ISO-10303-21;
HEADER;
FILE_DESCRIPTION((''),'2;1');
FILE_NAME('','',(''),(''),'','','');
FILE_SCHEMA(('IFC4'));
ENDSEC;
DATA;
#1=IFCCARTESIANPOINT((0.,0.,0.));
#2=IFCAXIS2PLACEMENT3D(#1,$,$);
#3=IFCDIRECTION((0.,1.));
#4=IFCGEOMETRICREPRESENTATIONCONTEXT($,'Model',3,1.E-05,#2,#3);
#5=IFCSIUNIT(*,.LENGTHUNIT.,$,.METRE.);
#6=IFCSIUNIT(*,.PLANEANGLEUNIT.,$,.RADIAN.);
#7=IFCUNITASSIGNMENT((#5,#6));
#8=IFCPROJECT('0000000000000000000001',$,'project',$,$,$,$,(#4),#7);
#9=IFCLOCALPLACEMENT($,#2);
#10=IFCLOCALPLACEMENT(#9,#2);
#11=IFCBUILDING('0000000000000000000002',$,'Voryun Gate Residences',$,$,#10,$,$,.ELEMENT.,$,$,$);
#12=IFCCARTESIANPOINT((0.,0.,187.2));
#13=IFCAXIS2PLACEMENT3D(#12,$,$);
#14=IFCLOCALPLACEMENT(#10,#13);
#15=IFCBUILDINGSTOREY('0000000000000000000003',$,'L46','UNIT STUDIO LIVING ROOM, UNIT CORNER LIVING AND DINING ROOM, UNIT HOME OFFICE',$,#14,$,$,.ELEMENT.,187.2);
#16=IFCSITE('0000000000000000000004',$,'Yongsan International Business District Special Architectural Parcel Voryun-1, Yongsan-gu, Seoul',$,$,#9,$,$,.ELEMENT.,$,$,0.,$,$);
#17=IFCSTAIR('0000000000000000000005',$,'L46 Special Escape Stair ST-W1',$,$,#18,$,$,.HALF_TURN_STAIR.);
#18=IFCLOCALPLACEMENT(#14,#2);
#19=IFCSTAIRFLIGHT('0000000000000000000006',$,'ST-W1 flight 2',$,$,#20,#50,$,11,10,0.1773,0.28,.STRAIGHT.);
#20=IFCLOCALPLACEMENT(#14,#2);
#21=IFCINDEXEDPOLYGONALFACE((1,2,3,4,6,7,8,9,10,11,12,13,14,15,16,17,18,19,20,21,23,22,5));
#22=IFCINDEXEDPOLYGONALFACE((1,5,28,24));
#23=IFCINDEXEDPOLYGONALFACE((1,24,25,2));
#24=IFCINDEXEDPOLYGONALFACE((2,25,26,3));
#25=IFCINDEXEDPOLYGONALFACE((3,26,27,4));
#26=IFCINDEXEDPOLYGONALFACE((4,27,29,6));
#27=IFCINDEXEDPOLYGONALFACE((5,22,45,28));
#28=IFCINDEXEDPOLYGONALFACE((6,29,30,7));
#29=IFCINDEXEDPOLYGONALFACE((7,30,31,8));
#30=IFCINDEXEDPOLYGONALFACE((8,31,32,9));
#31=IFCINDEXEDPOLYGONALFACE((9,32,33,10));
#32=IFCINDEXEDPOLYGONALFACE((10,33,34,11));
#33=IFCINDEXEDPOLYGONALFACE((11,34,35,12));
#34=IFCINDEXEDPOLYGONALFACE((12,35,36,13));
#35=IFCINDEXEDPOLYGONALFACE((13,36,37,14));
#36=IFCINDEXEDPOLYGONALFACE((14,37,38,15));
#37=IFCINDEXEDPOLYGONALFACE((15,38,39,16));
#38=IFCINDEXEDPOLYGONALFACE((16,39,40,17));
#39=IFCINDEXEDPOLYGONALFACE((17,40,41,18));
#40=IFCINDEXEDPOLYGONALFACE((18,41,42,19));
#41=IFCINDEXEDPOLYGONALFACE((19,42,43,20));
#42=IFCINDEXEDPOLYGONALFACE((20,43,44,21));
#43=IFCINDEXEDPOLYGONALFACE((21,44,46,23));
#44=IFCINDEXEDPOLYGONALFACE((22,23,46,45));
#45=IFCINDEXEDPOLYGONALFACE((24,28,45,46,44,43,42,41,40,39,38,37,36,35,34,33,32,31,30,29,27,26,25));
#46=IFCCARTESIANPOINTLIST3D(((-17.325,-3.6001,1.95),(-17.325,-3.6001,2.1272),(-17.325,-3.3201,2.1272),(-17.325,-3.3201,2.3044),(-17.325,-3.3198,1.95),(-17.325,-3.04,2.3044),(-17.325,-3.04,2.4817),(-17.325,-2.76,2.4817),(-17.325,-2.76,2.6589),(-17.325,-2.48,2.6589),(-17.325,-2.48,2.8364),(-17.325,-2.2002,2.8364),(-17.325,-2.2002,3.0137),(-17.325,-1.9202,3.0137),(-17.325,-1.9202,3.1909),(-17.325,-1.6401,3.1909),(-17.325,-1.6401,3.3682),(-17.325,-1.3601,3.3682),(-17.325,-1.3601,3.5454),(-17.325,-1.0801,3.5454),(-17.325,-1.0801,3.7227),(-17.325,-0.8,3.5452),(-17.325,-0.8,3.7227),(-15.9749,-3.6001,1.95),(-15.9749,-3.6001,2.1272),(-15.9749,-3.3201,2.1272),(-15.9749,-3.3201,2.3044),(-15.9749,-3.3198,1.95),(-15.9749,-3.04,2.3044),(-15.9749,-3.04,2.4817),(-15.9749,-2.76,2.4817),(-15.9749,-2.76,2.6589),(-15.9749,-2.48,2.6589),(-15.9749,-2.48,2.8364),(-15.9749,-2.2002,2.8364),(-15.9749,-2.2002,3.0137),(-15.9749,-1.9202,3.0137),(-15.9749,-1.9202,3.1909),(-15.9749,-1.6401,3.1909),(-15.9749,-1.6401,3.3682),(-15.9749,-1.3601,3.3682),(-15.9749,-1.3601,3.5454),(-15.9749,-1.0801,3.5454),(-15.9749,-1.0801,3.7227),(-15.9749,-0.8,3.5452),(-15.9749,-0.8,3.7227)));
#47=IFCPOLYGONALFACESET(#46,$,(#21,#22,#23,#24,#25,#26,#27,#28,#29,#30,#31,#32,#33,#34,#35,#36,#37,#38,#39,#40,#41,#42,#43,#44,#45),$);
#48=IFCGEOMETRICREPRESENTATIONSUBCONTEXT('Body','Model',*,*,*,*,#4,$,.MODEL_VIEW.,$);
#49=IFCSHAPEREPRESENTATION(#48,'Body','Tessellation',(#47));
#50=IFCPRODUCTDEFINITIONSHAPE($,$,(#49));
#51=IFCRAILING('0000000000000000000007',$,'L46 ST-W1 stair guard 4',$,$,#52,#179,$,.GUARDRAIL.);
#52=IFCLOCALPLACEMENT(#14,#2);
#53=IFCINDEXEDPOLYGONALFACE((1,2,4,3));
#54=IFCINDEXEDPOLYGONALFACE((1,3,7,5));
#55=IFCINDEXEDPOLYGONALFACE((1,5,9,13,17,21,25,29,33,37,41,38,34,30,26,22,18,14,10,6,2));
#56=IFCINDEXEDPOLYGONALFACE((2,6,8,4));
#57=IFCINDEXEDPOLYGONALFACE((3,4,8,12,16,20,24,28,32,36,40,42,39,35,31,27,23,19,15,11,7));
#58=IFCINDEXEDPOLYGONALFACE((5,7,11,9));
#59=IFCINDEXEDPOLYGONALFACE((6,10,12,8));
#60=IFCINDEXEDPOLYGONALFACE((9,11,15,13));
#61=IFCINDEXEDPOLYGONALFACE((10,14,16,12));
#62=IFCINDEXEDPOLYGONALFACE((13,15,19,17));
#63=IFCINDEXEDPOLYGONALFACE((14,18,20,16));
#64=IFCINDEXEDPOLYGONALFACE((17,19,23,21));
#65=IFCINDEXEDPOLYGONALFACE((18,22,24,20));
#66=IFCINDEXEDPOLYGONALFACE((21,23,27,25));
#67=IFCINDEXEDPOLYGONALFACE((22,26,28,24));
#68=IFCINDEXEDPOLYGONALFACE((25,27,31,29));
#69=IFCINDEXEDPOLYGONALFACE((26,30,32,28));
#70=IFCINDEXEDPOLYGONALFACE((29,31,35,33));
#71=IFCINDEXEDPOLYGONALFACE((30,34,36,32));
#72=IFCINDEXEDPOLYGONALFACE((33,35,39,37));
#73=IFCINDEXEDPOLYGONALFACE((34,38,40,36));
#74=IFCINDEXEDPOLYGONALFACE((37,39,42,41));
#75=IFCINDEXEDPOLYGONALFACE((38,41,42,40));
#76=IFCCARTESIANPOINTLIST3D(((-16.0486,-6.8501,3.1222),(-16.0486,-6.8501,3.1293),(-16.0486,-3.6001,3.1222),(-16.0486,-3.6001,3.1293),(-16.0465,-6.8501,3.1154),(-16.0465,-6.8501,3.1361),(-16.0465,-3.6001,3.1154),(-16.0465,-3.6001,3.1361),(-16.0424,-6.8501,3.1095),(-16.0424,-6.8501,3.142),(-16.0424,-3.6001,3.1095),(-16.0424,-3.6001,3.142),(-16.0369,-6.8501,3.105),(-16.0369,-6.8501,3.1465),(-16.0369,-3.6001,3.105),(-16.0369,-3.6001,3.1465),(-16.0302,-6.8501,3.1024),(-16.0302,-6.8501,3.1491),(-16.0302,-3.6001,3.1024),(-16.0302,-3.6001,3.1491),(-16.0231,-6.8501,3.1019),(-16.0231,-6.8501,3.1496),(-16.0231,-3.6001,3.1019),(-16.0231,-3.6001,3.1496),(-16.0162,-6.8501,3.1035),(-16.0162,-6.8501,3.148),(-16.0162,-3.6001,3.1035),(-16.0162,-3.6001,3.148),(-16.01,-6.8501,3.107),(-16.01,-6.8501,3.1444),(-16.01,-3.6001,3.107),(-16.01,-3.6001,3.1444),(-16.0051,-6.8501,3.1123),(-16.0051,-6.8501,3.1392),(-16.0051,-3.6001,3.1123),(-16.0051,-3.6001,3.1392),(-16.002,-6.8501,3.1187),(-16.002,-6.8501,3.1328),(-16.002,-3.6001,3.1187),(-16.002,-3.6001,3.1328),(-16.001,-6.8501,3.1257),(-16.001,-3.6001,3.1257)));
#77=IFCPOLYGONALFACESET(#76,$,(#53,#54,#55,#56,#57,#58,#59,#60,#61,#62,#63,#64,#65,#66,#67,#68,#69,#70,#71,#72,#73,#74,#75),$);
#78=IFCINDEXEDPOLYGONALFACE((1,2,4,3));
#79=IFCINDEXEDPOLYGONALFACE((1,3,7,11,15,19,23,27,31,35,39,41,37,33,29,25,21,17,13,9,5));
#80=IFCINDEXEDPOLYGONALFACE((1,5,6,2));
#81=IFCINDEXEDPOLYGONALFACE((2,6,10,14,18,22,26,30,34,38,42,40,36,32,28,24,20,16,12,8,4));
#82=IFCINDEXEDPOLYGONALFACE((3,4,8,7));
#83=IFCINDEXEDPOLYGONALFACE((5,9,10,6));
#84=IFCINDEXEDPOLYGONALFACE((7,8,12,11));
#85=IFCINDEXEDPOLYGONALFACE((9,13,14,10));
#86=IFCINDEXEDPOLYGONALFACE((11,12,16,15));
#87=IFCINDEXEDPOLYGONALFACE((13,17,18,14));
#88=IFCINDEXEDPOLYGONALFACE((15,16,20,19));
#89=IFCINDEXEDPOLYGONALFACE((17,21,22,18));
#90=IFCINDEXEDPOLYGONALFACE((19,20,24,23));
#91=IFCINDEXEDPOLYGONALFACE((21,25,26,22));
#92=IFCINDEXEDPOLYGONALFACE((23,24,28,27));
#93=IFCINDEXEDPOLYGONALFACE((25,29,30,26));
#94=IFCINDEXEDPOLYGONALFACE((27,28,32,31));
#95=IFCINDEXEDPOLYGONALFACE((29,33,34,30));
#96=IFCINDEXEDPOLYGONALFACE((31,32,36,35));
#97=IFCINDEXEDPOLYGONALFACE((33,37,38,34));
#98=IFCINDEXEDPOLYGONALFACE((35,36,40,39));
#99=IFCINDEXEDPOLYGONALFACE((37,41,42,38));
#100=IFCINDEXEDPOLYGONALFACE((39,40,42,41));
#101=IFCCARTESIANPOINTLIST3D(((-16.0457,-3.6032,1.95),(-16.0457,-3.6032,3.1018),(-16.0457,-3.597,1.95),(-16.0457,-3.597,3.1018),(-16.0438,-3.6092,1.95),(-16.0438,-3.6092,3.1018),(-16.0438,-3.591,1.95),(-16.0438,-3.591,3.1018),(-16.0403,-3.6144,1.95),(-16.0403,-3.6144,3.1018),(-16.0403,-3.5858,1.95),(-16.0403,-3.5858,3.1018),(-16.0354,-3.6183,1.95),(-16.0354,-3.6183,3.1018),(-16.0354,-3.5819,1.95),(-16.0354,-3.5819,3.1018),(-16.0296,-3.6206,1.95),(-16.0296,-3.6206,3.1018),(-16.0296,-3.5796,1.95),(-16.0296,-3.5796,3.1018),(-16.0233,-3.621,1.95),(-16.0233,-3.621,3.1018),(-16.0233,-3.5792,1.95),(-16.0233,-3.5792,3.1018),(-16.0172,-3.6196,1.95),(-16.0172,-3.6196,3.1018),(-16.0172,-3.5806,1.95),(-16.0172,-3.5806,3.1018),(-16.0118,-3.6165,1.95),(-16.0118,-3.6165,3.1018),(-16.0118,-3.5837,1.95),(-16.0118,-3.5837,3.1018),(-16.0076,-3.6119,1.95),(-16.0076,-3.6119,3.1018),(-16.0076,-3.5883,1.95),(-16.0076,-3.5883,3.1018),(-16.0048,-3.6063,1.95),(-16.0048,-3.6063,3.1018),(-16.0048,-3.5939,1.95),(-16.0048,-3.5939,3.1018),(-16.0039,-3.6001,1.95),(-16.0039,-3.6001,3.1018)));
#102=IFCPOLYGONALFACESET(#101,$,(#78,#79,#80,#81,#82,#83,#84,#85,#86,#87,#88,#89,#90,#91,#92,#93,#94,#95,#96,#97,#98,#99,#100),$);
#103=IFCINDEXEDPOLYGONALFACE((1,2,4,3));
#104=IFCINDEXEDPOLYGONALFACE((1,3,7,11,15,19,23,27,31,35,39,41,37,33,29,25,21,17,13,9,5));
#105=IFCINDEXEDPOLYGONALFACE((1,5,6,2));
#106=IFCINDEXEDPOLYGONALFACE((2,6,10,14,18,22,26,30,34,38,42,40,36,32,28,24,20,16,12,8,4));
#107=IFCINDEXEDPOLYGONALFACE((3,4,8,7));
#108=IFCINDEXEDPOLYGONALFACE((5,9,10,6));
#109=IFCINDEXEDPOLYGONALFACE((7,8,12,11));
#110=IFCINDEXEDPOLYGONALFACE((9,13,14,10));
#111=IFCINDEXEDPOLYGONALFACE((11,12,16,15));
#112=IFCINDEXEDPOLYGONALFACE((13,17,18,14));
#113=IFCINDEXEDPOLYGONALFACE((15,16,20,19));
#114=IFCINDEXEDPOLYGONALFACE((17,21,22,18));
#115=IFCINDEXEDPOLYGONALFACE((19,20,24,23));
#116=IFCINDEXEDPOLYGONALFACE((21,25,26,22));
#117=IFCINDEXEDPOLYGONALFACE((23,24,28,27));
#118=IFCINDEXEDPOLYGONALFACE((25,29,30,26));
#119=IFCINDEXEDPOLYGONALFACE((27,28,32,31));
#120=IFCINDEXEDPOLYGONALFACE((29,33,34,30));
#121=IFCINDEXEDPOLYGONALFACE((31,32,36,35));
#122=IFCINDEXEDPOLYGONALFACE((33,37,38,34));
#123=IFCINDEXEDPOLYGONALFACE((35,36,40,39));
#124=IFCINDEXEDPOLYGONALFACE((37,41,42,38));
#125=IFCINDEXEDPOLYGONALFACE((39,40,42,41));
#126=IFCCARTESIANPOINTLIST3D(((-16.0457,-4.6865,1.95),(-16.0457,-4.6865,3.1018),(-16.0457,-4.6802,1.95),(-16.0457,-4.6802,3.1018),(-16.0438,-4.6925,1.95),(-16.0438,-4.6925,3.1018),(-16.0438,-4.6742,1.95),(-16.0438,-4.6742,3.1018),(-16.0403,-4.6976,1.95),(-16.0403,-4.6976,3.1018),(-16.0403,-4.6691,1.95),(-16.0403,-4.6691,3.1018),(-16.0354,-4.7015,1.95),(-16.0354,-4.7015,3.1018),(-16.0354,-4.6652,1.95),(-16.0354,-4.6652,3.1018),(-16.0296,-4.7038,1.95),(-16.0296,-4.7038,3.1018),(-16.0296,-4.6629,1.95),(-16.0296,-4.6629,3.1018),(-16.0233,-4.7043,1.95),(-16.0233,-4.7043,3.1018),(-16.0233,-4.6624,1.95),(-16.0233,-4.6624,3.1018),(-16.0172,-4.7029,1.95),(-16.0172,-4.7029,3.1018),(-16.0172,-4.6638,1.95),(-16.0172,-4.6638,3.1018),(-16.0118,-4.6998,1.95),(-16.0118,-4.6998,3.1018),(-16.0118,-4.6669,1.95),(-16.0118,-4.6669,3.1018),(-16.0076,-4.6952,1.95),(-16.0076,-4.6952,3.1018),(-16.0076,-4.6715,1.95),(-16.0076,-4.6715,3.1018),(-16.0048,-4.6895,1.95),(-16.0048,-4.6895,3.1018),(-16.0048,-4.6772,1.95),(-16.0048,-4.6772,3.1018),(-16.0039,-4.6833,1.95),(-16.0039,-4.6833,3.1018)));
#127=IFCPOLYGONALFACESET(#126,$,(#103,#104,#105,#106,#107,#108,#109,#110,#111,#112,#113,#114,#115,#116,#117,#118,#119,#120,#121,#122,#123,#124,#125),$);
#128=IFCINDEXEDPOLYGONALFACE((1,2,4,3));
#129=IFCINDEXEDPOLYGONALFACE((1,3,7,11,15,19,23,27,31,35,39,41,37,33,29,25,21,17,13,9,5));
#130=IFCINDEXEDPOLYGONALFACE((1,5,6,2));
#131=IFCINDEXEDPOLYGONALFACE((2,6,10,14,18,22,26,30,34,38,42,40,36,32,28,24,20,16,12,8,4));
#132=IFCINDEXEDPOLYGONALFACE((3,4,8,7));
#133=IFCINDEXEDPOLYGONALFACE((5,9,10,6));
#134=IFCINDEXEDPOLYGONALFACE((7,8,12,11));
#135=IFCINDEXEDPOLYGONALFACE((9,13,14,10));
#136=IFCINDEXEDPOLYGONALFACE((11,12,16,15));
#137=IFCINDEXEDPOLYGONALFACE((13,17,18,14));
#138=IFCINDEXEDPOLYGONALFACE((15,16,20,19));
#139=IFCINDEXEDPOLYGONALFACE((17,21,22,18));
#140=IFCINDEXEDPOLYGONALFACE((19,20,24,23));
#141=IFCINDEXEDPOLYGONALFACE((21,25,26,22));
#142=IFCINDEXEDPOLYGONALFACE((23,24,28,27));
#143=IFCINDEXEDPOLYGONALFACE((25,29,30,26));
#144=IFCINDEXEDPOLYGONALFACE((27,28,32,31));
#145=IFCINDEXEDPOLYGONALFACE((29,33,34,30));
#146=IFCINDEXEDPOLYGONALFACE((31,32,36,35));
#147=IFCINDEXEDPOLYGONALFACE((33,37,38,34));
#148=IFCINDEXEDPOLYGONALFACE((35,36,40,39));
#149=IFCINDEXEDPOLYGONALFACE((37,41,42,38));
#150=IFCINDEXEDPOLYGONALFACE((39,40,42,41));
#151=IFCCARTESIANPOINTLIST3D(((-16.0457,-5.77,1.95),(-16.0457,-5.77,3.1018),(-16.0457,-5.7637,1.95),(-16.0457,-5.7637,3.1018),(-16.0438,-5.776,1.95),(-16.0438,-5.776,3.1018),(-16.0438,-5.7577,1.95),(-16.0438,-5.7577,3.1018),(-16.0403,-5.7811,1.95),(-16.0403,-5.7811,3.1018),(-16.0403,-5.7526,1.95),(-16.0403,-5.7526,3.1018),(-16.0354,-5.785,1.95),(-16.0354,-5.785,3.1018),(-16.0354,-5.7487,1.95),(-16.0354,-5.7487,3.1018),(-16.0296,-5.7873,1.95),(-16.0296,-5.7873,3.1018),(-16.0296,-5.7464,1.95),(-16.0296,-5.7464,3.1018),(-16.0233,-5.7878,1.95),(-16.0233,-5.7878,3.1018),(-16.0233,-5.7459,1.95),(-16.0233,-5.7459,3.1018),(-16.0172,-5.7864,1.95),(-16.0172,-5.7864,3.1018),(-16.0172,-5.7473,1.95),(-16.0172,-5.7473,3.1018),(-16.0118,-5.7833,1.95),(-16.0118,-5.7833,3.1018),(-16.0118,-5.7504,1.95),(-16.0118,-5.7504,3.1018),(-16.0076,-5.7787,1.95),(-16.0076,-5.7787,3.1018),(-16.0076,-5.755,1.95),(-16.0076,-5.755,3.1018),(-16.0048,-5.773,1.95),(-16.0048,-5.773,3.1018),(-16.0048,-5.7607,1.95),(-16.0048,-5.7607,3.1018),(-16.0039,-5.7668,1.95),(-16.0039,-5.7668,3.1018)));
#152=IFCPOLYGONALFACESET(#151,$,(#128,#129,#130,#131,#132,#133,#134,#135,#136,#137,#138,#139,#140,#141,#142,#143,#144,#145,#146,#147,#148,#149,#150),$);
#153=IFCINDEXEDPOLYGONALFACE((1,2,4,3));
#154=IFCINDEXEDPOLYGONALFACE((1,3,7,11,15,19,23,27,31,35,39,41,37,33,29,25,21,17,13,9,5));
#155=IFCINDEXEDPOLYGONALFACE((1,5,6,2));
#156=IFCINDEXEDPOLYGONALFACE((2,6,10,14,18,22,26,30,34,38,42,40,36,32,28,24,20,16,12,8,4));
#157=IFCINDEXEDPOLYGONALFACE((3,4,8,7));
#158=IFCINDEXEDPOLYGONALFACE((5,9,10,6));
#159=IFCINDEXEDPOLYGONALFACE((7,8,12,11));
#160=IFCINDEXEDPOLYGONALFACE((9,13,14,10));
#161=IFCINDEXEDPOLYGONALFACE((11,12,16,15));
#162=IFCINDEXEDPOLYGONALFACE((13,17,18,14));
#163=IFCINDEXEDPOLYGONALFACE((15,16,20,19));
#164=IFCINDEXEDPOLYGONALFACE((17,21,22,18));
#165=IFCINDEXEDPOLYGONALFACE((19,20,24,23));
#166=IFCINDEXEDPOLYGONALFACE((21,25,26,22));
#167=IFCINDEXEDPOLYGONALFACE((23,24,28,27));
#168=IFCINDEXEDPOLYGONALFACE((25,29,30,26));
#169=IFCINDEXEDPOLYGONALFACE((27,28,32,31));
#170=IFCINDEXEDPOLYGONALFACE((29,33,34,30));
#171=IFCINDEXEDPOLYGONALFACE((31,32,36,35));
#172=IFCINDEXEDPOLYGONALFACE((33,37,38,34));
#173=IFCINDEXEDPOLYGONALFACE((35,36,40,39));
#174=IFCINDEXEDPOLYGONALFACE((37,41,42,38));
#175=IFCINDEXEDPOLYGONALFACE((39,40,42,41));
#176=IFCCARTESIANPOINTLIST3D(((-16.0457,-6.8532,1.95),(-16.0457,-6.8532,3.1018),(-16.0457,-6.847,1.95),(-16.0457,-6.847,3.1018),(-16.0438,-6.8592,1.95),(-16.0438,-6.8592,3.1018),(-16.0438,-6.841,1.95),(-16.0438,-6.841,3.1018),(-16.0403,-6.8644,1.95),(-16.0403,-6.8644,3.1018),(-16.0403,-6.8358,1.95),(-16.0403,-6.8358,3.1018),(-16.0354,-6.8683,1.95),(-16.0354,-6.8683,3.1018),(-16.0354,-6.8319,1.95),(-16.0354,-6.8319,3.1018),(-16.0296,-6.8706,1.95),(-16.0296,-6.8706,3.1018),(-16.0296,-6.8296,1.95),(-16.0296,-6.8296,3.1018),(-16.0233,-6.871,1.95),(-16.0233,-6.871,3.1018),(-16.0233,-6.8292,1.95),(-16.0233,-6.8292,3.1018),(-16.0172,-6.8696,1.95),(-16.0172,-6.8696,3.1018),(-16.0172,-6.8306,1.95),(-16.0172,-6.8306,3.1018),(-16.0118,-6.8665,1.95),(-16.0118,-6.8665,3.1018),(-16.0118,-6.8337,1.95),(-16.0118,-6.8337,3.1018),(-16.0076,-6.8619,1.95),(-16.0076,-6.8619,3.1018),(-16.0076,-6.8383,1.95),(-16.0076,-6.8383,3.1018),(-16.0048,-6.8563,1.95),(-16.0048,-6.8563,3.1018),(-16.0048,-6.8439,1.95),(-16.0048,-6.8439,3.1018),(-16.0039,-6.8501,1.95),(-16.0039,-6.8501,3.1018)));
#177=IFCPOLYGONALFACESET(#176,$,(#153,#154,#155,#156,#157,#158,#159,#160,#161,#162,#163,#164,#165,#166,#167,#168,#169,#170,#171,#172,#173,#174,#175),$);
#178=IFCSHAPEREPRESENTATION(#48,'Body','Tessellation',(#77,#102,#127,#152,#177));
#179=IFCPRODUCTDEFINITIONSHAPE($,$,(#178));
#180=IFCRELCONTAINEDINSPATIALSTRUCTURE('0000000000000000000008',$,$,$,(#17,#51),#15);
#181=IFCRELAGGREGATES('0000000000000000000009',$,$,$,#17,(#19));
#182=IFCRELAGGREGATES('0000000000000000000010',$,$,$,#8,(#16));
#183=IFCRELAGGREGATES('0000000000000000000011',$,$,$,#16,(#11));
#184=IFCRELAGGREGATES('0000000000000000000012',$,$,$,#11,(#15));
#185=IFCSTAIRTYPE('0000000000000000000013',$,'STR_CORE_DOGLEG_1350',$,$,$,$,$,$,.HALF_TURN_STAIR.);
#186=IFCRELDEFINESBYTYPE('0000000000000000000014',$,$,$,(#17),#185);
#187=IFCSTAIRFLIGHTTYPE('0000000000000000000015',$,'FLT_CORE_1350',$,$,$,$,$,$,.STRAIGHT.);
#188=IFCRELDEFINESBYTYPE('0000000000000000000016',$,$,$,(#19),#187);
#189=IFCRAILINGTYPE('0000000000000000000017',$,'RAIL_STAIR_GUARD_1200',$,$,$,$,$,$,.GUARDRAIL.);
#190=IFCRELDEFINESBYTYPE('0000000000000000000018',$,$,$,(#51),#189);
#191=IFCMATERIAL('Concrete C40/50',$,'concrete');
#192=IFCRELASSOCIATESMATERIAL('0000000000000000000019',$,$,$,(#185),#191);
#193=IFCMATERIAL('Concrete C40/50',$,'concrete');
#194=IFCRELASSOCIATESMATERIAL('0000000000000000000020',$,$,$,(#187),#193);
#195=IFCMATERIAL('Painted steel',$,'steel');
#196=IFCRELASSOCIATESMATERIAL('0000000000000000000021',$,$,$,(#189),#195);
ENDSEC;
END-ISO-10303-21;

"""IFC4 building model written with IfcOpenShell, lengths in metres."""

from ifc_helpers import new_model, si_unit, direction, frame, origin, origin_2d, place, context, subcontext, project, spatial, polyline, circle, outline, extrude, material, type_object, element, aggregate, save


model = new_model("IFC4")

# Units and contexts
model_context = context("Model", 3, precision=1e-05, world=origin(), true_north=direction((0.0, 1.0)))
body_context = subcontext(model_context, "Body", "Model", "MODEL_VIEW")
ifc_project = project(units=[si_unit("LENGTHUNIT", "METRE"), si_unit("PLANEANGLEUNIT", "RADIAN")], contexts=[model_context])

# Site, building, storey
site_placement = place(None, origin())
site = spatial("IfcSite", under=ifc_project, at=site_placement, Name="Yongsan International Business District Special Architectural Parcel Voryun-1, Yongsan-gu, Seoul", CompositionType="ELEMENT", RefElevation=0.0)
building_placement = place(site_placement, origin())
building = spatial("IfcBuilding", under=site, at=building_placement, Name="Voryun Gate Residences", CompositionType="ELEMENT")
storey_placement = place(building_placement, frame((0.0, 0.0, 187.2)))
storey = spatial("IfcBuildingStorey", under=building, at=storey_placement, Name="L46", Description="UNIT STUDIO LIVING ROOM, UNIT CORNER LIVING AND DINING ROOM, UNIT HOME OFFICE", CompositionType="ELEMENT", Elevation=187.2)

# Stair, stair flight
ifc_material_1 = material(Name="Concrete C40/50", Category="concrete")
stair_type = type_object("IfcStairType", Name="STR_CORE_DOGLEG_1350", PredefinedType="HALF_TURN_STAIR", material=ifc_material_1)
stair_placement = place(storey_placement, origin())
stair = element("IfcStair", 1, at=stair_placement, inside=storey, type_object=stair_type, Name="L46 Special Escape Stair ST-W1", PredefinedType="HALF_TURN_STAIR")
ifc_material_2 = material(Name="Concrete C40/50", Category="concrete")
stair_flight_type = type_object("IfcStairFlightType", Name="FLT_CORE_1350", PredefinedType="STRAIGHT", material=ifc_material_2)
stair_flight_placement = place(storey_placement, frame((-16.6499, -3.6001, 1.95), z_axis=(0.0, 0.0, 1.0), x_axis=(0.0, 1.0, 0.0)))
stair_flight = element("IfcStairFlight", 2, at=stair_flight_placement, type_object=stair_flight_type, Name="ST-W1 flight 2", NumberOfRisers=11, NumberOfTreads=10, PredefinedType="STRAIGHT", RiserHeight=0.1773, TreadLength=0.28, context=body_context, shape_type="SweptSolid", body=[
    extrude(outline(polyline([(0.0, 0.0), (0.0, 0.1772), (0.28, 0.1772), (0.28, 0.3545), (0.5601, 0.3545), (0.5601, 0.5317), (0.8401, 0.5317), (0.8401, 0.709), (1.1201, 0.709), (1.1201, 0.8865), (1.3999, 0.8865), (1.3999, 1.0637), (1.6799, 1.0637), (1.6799, 1.241), (1.96, 1.241), (1.96, 1.4182), (2.24, 1.4182), (2.24, 1.5955), (2.52, 1.5955), (2.52, 1.7727), (2.8, 1.7727), (2.8, 1.95), (2.8, 1.5952), (0.2803, 0.0), (0.0, 0.0)])), frame((0.0, 0.675, 0.0), z_axis=(0.0, -1.0, 0.0), x_axis=(1.0, 0.0, 0.0)), (0.0, 0.0, 1.0), 1.3501),
])
aggregate(stair, [stair_flight])

# Railing
ifc_material_3 = material(Name="Painted steel", Category="steel")
railing_type_1 = type_object("IfcRailingType", Name="RAIL_STAIR_GUARD_1200", PredefinedType="GUARDRAIL", material=ifc_material_3)
railing_1_placement = place(storey_placement, frame((-16.0249, -3.6001, 1.95)))
element("IfcRailing", 3, at=railing_1_placement, inside=storey, type_object=railing_type_1, Name="L46 ST-W1 stair guard 4", PredefinedType="GUARDRAIL", context=body_context, shape_type="SweptSolid", body=[
    extrude(circle(Radius=0.0239, at=origin_2d()), frame((0.0, 0.0, 1.1758), z_axis=(0.0, -1.0, 0.0), x_axis=(1.0, 0.0, 0.0)), (0.0, 0.0, 1.0), 3.25),
    extrude(circle(Radius=0.021, at=origin_2d()), origin(), (0.0, 0.0, 1.0), 1.1519),
    extrude(circle(Radius=0.021, at=origin_2d()), frame((0.0, -1.0833, 0.0)), (0.0, 0.0, 1.0), 1.1519),
    extrude(circle(Radius=0.021, at=origin_2d()), frame((0.0, -2.1667, 0.0)), (0.0, 0.0, 1.0), 1.1519),
    extrude(circle(Radius=0.021, at=origin_2d()), frame((0.0, -3.25, 0.0)), (0.0, 0.0, 1.0), 1.1519),
])

save(model, "model.ifc")
